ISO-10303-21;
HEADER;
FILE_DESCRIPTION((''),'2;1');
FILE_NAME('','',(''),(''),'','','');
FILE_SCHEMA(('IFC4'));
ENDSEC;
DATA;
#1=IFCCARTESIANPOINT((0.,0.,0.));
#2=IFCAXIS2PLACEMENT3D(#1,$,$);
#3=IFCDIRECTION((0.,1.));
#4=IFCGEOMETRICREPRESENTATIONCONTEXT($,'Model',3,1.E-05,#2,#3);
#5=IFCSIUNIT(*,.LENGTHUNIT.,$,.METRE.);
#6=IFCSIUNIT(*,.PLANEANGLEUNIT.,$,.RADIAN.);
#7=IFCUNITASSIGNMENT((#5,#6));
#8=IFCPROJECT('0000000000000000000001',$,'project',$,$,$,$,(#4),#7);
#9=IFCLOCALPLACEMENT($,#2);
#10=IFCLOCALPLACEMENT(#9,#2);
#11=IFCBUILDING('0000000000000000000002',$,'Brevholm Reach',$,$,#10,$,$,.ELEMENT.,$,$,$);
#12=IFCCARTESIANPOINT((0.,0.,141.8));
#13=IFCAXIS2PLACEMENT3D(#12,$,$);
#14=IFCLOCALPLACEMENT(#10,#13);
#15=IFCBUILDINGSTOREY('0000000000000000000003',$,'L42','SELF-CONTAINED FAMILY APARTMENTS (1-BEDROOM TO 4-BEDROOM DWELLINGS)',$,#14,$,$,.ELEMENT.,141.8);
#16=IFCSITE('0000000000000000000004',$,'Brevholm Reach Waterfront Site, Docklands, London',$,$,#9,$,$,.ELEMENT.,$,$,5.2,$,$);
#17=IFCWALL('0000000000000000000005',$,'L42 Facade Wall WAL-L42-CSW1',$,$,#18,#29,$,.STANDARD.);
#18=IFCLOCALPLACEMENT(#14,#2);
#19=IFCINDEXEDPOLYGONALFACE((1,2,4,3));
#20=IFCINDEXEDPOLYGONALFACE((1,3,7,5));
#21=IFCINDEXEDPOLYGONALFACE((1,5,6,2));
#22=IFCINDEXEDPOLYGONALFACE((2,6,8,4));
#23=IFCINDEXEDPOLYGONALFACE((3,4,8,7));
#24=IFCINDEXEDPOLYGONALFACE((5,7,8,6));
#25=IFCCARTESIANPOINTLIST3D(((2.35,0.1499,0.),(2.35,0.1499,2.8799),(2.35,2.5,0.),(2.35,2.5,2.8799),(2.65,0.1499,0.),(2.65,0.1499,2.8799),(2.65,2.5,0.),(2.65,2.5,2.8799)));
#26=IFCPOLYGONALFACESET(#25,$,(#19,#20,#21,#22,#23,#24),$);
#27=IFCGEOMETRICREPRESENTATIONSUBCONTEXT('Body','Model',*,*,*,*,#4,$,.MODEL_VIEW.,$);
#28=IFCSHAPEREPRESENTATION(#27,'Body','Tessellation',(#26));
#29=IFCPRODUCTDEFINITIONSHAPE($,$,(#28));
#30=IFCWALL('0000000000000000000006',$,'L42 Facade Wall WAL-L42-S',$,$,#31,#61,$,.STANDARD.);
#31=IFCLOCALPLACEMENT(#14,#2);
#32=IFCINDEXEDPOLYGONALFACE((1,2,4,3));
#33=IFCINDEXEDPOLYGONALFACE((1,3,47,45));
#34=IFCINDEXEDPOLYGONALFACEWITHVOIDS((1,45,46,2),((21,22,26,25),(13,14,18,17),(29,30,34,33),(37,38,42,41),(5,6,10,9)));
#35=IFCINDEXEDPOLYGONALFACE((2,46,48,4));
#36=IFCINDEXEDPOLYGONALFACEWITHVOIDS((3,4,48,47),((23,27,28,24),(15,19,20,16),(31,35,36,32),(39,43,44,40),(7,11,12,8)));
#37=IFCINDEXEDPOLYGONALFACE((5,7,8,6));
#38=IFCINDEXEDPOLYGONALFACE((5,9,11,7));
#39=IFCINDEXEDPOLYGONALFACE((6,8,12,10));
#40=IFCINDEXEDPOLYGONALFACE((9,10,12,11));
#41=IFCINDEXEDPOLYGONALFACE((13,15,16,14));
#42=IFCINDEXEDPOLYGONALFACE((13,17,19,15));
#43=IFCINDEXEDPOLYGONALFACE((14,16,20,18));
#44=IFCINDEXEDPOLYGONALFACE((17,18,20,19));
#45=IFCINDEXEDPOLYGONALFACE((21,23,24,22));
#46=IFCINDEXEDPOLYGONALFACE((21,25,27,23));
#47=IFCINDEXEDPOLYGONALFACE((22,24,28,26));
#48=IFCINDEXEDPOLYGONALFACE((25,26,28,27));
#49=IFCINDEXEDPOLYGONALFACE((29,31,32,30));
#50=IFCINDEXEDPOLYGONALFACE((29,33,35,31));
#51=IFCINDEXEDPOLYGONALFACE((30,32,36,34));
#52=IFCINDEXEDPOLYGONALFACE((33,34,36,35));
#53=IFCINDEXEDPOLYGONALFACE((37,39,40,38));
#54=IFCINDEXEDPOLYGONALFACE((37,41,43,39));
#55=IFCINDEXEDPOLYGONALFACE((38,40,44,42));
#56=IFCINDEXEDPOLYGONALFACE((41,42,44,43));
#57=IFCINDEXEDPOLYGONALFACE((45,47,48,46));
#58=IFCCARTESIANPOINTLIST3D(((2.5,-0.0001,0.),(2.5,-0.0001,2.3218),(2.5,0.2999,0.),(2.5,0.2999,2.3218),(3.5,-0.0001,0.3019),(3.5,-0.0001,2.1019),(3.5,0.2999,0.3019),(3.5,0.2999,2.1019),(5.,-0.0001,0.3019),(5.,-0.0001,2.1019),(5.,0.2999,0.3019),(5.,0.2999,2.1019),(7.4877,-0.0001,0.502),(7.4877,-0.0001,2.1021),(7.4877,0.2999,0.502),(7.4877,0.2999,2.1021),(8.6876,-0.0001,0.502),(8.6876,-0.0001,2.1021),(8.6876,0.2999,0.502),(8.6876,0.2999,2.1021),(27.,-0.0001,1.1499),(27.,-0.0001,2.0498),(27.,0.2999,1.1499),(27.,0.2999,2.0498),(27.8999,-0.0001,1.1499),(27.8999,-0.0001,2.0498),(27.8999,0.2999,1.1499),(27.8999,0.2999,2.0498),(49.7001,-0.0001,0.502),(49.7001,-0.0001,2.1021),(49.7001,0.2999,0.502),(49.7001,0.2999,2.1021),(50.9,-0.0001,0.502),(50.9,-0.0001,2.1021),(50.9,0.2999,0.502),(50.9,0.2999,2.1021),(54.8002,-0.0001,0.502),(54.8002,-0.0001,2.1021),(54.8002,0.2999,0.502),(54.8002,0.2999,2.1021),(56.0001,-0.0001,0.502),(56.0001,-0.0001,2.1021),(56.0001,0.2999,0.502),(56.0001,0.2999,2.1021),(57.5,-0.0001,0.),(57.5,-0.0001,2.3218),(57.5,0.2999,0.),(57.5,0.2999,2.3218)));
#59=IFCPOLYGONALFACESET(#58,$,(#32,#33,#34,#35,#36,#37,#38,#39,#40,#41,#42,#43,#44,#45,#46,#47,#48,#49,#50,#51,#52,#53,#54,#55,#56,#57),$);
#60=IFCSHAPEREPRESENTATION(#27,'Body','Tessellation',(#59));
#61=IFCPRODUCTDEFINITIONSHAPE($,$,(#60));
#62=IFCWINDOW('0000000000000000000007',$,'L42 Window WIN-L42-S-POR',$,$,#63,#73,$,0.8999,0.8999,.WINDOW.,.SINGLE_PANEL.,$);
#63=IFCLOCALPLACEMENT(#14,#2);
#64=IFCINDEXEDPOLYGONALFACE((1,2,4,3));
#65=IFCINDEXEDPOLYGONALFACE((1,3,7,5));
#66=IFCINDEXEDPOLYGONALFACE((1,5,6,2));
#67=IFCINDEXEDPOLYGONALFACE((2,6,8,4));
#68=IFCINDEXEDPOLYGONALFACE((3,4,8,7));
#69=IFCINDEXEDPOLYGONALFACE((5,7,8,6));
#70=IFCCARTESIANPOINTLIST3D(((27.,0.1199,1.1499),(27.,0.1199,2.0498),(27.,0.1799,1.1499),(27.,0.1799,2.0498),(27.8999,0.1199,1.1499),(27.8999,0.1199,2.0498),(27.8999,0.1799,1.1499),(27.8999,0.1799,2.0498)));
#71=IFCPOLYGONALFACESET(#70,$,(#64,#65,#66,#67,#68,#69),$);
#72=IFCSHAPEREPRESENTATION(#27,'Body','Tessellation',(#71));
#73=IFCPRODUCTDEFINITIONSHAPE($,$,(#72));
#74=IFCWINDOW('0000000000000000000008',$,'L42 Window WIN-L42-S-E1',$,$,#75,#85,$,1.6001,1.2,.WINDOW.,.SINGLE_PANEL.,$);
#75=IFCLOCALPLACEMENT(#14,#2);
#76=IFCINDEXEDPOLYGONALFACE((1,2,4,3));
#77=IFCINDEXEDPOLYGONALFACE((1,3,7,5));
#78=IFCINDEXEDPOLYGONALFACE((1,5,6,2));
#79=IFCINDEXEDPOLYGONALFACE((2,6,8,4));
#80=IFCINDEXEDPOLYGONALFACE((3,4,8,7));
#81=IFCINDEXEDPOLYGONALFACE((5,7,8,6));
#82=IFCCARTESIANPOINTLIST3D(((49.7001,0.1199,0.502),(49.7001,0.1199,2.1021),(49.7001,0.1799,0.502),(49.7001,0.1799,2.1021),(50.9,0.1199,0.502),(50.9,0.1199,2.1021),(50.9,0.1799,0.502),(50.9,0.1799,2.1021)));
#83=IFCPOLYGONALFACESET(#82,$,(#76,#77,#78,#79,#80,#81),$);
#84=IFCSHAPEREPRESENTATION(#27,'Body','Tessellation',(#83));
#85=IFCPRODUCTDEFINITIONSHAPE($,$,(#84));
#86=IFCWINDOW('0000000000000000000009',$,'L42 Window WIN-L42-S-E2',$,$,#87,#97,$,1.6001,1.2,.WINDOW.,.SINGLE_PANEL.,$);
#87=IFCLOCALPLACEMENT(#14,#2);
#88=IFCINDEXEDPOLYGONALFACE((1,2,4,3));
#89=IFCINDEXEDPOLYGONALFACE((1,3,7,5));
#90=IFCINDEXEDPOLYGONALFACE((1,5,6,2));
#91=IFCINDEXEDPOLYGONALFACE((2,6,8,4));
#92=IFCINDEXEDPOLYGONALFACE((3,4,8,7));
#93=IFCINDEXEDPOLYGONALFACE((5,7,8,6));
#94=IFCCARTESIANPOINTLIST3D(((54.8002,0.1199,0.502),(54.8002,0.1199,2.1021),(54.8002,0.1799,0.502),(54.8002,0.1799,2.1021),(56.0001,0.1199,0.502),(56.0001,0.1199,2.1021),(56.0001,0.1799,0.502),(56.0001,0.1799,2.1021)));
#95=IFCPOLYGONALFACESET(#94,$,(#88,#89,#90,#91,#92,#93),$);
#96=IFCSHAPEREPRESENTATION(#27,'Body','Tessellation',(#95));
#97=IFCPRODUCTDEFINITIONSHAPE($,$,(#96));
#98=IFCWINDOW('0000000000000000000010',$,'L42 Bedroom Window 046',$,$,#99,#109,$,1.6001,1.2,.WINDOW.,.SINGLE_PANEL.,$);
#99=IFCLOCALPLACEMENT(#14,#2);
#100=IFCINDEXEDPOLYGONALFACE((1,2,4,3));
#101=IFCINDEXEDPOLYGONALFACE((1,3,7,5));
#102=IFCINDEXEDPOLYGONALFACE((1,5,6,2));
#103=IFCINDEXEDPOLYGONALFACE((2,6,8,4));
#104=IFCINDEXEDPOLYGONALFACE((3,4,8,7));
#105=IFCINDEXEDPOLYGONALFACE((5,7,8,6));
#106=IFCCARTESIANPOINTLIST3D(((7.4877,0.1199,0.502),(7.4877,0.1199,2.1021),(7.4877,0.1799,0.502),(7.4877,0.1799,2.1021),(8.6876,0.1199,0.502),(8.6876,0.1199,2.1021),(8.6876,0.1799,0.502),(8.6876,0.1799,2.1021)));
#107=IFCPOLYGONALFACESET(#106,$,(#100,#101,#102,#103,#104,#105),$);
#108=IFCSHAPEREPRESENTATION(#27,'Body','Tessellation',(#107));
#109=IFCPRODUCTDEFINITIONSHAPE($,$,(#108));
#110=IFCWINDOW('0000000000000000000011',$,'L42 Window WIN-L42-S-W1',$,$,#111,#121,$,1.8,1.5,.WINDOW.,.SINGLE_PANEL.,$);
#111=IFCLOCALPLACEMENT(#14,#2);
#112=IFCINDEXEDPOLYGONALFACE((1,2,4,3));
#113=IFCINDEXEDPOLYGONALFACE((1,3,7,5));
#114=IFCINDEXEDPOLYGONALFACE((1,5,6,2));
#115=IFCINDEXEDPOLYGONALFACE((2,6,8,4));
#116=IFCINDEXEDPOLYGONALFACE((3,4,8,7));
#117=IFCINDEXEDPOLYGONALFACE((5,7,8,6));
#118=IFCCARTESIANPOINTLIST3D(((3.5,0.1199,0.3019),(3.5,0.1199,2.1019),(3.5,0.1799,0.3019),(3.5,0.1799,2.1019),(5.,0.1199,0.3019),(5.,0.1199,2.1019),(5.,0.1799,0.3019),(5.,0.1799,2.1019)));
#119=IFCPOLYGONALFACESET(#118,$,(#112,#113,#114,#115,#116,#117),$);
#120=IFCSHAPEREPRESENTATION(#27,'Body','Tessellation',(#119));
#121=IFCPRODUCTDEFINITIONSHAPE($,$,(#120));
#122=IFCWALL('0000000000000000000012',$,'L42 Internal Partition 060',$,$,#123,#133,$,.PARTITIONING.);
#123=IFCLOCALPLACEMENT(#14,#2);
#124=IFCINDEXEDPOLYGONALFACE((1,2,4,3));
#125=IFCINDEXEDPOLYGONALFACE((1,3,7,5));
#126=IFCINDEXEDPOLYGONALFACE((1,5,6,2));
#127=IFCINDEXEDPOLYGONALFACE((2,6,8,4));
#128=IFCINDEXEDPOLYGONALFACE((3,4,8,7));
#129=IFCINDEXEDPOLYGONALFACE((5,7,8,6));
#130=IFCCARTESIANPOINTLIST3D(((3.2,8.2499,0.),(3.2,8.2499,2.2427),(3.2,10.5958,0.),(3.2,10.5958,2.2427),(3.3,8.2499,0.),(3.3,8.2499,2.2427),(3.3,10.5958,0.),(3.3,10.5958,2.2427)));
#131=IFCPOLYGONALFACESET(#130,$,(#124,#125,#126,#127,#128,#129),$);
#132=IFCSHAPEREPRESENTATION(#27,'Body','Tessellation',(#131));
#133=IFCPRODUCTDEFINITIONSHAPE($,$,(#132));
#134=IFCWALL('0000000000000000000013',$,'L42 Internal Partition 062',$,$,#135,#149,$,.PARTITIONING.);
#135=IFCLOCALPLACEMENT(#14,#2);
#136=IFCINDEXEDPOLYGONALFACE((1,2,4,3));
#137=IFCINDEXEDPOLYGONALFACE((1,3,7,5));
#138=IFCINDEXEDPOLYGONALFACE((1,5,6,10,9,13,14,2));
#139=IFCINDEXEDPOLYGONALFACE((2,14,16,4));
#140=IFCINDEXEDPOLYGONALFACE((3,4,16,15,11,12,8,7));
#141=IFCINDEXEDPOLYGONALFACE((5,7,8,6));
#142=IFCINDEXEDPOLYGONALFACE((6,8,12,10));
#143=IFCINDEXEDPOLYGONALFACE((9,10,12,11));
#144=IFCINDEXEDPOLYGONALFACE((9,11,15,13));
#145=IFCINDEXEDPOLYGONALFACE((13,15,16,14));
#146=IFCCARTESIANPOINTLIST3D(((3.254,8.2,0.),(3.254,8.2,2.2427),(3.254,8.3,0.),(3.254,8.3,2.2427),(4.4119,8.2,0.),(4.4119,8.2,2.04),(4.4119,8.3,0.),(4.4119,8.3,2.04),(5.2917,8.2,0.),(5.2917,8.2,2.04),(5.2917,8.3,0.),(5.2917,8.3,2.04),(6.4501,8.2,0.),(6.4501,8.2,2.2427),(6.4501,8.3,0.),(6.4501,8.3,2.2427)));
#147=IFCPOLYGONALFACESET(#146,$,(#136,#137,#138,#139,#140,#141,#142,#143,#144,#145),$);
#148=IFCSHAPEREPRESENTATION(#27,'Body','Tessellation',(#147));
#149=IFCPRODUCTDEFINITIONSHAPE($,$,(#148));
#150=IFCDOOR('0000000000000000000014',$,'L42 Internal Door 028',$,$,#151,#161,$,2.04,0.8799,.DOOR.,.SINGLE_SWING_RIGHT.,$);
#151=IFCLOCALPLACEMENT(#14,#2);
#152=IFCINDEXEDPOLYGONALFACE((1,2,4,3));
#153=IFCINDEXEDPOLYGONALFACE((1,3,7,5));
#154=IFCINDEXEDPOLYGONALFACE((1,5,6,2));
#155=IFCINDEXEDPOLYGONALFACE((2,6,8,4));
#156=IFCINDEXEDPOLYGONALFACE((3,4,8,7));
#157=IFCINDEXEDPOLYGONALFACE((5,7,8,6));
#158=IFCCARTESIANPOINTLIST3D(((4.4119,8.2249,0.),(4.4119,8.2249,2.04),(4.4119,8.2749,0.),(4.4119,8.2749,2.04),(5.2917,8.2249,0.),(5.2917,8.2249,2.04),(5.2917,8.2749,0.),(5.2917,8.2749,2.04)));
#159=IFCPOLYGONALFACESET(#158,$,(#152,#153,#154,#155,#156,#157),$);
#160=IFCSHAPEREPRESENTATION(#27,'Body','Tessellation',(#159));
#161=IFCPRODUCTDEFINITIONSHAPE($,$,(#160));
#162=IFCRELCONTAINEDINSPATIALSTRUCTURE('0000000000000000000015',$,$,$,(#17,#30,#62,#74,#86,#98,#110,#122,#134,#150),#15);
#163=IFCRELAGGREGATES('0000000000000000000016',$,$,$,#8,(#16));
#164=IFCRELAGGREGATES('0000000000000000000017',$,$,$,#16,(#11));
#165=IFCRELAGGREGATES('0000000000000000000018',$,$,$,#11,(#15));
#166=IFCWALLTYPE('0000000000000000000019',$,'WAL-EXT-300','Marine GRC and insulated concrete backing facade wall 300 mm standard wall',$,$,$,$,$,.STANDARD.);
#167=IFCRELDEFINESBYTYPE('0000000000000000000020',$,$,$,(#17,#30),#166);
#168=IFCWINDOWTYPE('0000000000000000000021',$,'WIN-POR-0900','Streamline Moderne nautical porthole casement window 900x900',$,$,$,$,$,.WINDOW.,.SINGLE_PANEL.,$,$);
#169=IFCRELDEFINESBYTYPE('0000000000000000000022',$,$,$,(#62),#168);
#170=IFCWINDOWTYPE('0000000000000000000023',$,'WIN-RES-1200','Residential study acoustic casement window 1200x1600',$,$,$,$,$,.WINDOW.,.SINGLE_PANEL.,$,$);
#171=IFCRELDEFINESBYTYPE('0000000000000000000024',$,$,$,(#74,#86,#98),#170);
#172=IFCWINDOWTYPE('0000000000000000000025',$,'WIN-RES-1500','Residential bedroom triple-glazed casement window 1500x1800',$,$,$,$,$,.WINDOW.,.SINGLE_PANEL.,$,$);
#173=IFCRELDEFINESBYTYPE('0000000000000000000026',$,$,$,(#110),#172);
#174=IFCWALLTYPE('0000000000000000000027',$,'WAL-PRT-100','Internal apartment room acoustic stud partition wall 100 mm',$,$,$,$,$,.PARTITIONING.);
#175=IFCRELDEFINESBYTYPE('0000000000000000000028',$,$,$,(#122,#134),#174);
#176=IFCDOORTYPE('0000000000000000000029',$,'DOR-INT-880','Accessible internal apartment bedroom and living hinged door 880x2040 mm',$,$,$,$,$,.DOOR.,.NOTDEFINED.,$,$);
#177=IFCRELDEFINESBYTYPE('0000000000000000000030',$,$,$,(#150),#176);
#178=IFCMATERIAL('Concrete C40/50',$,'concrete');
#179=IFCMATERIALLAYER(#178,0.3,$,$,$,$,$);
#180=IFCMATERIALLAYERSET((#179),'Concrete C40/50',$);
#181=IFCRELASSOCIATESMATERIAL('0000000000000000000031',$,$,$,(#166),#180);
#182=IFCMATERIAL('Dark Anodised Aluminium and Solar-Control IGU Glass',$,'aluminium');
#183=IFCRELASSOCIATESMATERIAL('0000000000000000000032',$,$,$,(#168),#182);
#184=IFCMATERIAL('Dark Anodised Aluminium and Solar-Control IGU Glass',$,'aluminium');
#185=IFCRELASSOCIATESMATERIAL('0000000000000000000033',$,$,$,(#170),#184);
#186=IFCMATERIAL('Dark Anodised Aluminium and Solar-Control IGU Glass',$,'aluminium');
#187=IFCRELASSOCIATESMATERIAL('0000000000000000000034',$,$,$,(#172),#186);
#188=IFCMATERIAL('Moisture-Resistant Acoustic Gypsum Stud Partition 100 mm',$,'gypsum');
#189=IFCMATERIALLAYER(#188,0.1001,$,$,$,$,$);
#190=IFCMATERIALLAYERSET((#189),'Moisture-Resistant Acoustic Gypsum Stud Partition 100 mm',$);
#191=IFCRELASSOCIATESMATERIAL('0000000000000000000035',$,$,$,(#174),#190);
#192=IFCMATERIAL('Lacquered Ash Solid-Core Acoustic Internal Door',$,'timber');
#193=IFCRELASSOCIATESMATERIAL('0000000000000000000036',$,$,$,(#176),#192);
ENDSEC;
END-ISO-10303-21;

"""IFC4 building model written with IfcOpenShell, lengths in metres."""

from ifc_helpers import new_model, si_unit, direction, frame, frame_2d, origin, place, context, subcontext, project, spatial, rectangle, extrude, material, layer, layer_set, type_object, element, fill, save


model = new_model("IFC4")

# Units and contexts
model_context = context("Model", 3, precision=1e-05, world=origin(), true_north=direction((0.0, 1.0)))
body_context = subcontext(model_context, "Body", "Model", "MODEL_VIEW")
ifc_project = project(units=[si_unit("LENGTHUNIT", "METRE"), si_unit("PLANEANGLEUNIT", "RADIAN")], contexts=[model_context])

# Site, building, storey
site_placement = place(None, origin())
site = spatial("IfcSite", under=ifc_project, at=site_placement, Name="Brevholm Reach Waterfront Site, Docklands, London", CompositionType="ELEMENT", RefElevation=5.2)
building_placement = place(site_placement, origin())
building = spatial("IfcBuilding", under=site, at=building_placement, Name="Brevholm Reach", CompositionType="ELEMENT")
storey_placement = place(building_placement, frame((0.0, 0.0, 141.8)))
storey = spatial("IfcBuildingStorey", under=building, at=storey_placement, Name="L42", Description="SELF-CONTAINED FAMILY APARTMENTS (1-BEDROOM TO 4-BEDROOM DWELLINGS)", CompositionType="ELEMENT", Elevation=141.8)

# Wall
ifc_material_1 = material(Name="Concrete C40/50", Category="concrete")
ifc_layer_1 = layer(ifc_material_1, 0.3)
ifc_layer_set_1 = layer_set([ifc_layer_1], Name="Concrete C40/50")
wall_type_1 = type_object("IfcWallType", Name="WAL-EXT-300", Description="Marine GRC and insulated concrete backing facade wall 300 mm standard wall", PredefinedType="STANDARD", material=ifc_layer_set_1)
wall_1_placement = place(storey_placement, frame((2.5, 2.5, 0.0), z_axis=(0.0, 0.0, 1.0), x_axis=(0.0, -1.0, 0.0)))
element("IfcWall", 1, at=wall_1_placement, inside=storey, type_object=wall_type_1, Name="L42 Facade Wall WAL-L42-CSW1", PredefinedType="STANDARD", context=body_context, shape_type="SweptSolid", body=[
    extrude(rectangle(XDim=2.3501, YDim=0.3, at=frame_2d((1.175, 0.0))), origin(), (0.0, 0.0, 1.0), 2.8799),
])

# Wall, openings, windows
wall_2_placement = place(storey_placement, frame((2.5, 0.1499, 0.0), z_axis=(0.0, 0.0, 1.0), x_axis=(1.0, 0.0, 0.0)))
wall_2 = element("IfcWall", 2, at=wall_2_placement, inside=storey, type_object=wall_type_1, Name="L42 Facade Wall WAL-L42-S", PredefinedType="STANDARD", context=body_context, shape_type="SweptSolid", body=[
    extrude(rectangle(XDim=55.0, YDim=0.3, at=frame_2d((27.5, 0.0))), origin(), (0.0, 0.0, 1.0), 2.3218),
])
opening_1_placement = place(wall_2_placement, frame((1.0, 0.0, 0.302)))
opening_1 = element("IfcOpeningElement", 3, at=opening_1_placement, cuts=wall_2, PredefinedType="OPENING", context=body_context, shape_type="SweptSolid", body=[
    extrude(rectangle(XDim=1.5, YDim=1.8, at=frame_2d((0.75, 0.8999))), frame((0.0, 0.1599, 0.0), z_axis=(0.0, -1.0, 0.0), x_axis=(1.0, 0.0, 0.0)), (0.0, 0.0, 1.0), 0.3201),
])
opening_2_placement = place(wall_2_placement, frame((24.5, 0.0, 1.1499)))
opening_2 = element("IfcOpeningElement", 4, at=opening_2_placement, cuts=wall_2, PredefinedType="OPENING", context=body_context, shape_type="SweptSolid", body=[
    extrude(rectangle(XDim=0.8999, YDim=0.8999, at=frame_2d((0.45, 0.45))), frame((0.0, 0.1599, 0.0), z_axis=(0.0, -1.0, 0.0), x_axis=(1.0, 0.0, 0.0)), (0.0, 0.0, 1.0), 0.3201),
])
opening_3_placement = place(wall_2_placement, frame((47.2, 0.0, 0.502)))
opening_3 = element("IfcOpeningElement", 5, at=opening_3_placement, cuts=wall_2, PredefinedType="OPENING", context=body_context, shape_type="SweptSolid", body=[
    extrude(rectangle(XDim=1.2, YDim=1.6001, at=frame_2d((0.6001, 0.8))), frame((0.0, 0.1599, 0.0), z_axis=(0.0, -1.0, 0.0), x_axis=(1.0, 0.0, 0.0)), (0.0, 0.0, 1.0), 0.3201),
])
opening_4_placement = place(wall_2_placement, frame((52.3, 0.0, 0.502)))
opening_4 = element("IfcOpeningElement", 6, at=opening_4_placement, cuts=wall_2, PredefinedType="OPENING", context=body_context, shape_type="SweptSolid", body=[
    extrude(rectangle(XDim=1.2, YDim=1.6001, at=frame_2d((0.6001, 0.8))), frame((0.0, 0.1599, 0.0), z_axis=(0.0, -1.0, 0.0), x_axis=(1.0, 0.0, 0.0)), (0.0, 0.0, 1.0), 0.3201),
])
opening_5_placement = place(wall_2_placement, frame((4.9875, 0.0, 0.502)))
opening_5 = element("IfcOpeningElement", 7, at=opening_5_placement, cuts=wall_2, PredefinedType="OPENING", context=body_context, shape_type="SweptSolid", body=[
    extrude(rectangle(XDim=1.2, YDim=1.6001, at=frame_2d((0.6001, 0.8))), frame((0.0, 0.1599, 0.0), z_axis=(0.0, -1.0, 0.0), x_axis=(1.0, 0.0, 0.0)), (0.0, 0.0, 1.0), 0.3201),
])
ifc_material_2 = material(Name="Dark Anodised Aluminium and Solar-Control IGU Glass", Category="aluminium")
window_type_1 = type_object("IfcWindowType", Name="WIN-POR-0900", Description="Streamline Moderne nautical porthole casement window 900x900", PartitioningType="SINGLE_PANEL", PredefinedType="WINDOW", material=ifc_material_2)
window_1_placement = place(opening_2_placement, origin())
window_1 = element("IfcWindow", 8, at=window_1_placement, inside=storey, type_object=window_type_1, Name="L42 Window WIN-L42-S-POR", OverallHeight=0.8999, OverallWidth=0.8999, PartitioningType="SINGLE_PANEL", PredefinedType="WINDOW", context=body_context, shape_type="SweptSolid", body=[
    extrude(rectangle(XDim=0.8999, YDim=0.8999, at=frame_2d((0.45, 0.45))), frame((0.0, 0.03, 0.0), z_axis=(0.0, -1.0, 0.0), x_axis=(1.0, 0.0, 0.0)), (0.0, 0.0, 1.0), 0.0601),
])
fill(opening_2, window_1)
ifc_material_3 = material(Name="Dark Anodised Aluminium and Solar-Control IGU Glass", Category="aluminium")
window_type_2 = type_object("IfcWindowType", Name="WIN-RES-1200", Description="Residential study acoustic casement window 1200x1600", PartitioningType="SINGLE_PANEL", PredefinedType="WINDOW", material=ifc_material_3)
window_2_placement = place(opening_3_placement, origin())
window_2 = element("IfcWindow", 9, at=window_2_placement, inside=storey, type_object=window_type_2, Name="L42 Window WIN-L42-S-E1", OverallHeight=1.6001, OverallWidth=1.2, PartitioningType="SINGLE_PANEL", PredefinedType="WINDOW", context=body_context, shape_type="SweptSolid", body=[
    extrude(rectangle(XDim=1.2, YDim=1.6001, at=frame_2d((0.6001, 0.8))), frame((0.0, 0.03, 0.0), z_axis=(0.0, -1.0, 0.0), x_axis=(1.0, 0.0, 0.0)), (0.0, 0.0, 1.0), 0.0601),
])
fill(opening_3, window_2)
window_3_placement = place(opening_4_placement, origin())
window_3 = element("IfcWindow", 10, at=window_3_placement, inside=storey, type_object=window_type_2, Name="L42 Window WIN-L42-S-E2", OverallHeight=1.6001, OverallWidth=1.2, PartitioningType="SINGLE_PANEL", PredefinedType="WINDOW", context=body_context, shape_type="SweptSolid", body=[
    extrude(rectangle(XDim=1.2, YDim=1.6001, at=frame_2d((0.6001, 0.8))), frame((0.0, 0.03, 0.0), z_axis=(0.0, -1.0, 0.0), x_axis=(1.0, 0.0, 0.0)), (0.0, 0.0, 1.0), 0.0601),
])
fill(opening_4, window_3)
window_4_placement = place(opening_5_placement, origin())
window_4 = element("IfcWindow", 11, at=window_4_placement, inside=storey, type_object=window_type_2, Name="L42 Bedroom Window 046", OverallHeight=1.6001, OverallWidth=1.2, PartitioningType="SINGLE_PANEL", PredefinedType="WINDOW", context=body_context, shape_type="SweptSolid", body=[
    extrude(rectangle(XDim=1.2, YDim=1.6001, at=frame_2d((0.6001, 0.8))), frame((0.0, 0.03, 0.0), z_axis=(0.0, -1.0, 0.0), x_axis=(1.0, 0.0, 0.0)), (0.0, 0.0, 1.0), 0.0601),
])
fill(opening_5, window_4)
ifc_material_4 = material(Name="Dark Anodised Aluminium and Solar-Control IGU Glass", Category="aluminium")
window_type_3 = type_object("IfcWindowType", Name="WIN-RES-1500", Description="Residential bedroom triple-glazed casement window 1500x1800", PartitioningType="SINGLE_PANEL", PredefinedType="WINDOW", material=ifc_material_4)
window_5_placement = place(opening_1_placement, origin())
window_5 = element("IfcWindow", 12, at=window_5_placement, inside=storey, type_object=window_type_3, Name="L42 Window WIN-L42-S-W1", OverallHeight=1.8, OverallWidth=1.5, PartitioningType="SINGLE_PANEL", PredefinedType="WINDOW", context=body_context, shape_type="SweptSolid", body=[
    extrude(rectangle(XDim=1.5, YDim=1.8, at=frame_2d((0.75, 0.8999))), frame((0.0, 0.03, 0.0), z_axis=(0.0, -1.0, 0.0), x_axis=(1.0, 0.0, 0.0)), (0.0, 0.0, 1.0), 0.0601),
])
fill(opening_1, window_5)

# Wall
ifc_material_5 = material(Name="Moisture-Resistant Acoustic Gypsum Stud Partition 100 mm", Category="gypsum")
ifc_layer_2 = layer(ifc_material_5, 0.1001)
ifc_layer_set_2 = layer_set([ifc_layer_2], Name="Moisture-Resistant Acoustic Gypsum Stud Partition 100 mm")
wall_type_2 = type_object("IfcWallType", Name="WAL-PRT-100", Description="Internal apartment room acoustic stud partition wall 100 mm", PredefinedType="PARTITIONING", material=ifc_layer_set_2)
wall_3_placement = place(storey_placement, frame((3.25, 8.25, 0.0), z_axis=(0.0, 0.0, 1.0), x_axis=(0.0, 1.0, 0.0)))
element("IfcWall", 13, at=wall_3_placement, inside=storey, type_object=wall_type_2, Name="L42 Internal Partition 060", PredefinedType="PARTITIONING", context=body_context, shape_type="SweptSolid", body=[
    extrude(rectangle(XDim=2.3459, YDim=0.1001, at=frame_2d((1.1729, 0.0))), origin(), (0.0, 0.0, 1.0), 2.2427),
])

# Wall, opening, door
wall_4_placement = place(storey_placement, frame((3.2539, 8.25, 0.0), z_axis=(0.0, 0.0, 1.0), x_axis=(1.0, 0.0, 0.0)))
wall_4 = element("IfcWall", 14, at=wall_4_placement, inside=storey, type_object=wall_type_2, Name="L42 Internal Partition 062", PredefinedType="PARTITIONING", context=body_context, shape_type="SweptSolid", body=[
    extrude(rectangle(XDim=3.196, YDim=0.1001, at=frame_2d((1.5981, 0.0))), origin(), (0.0, 0.0, 1.0), 2.2427),
])
opening_6_placement = place(wall_4_placement, frame((1.158, 0.0, 0.0)))
opening_6 = element("IfcOpeningElement", 15, at=opening_6_placement, cuts=wall_4, PredefinedType="OPENING", context=body_context, shape_type="SweptSolid", body=[
    extrude(rectangle(XDim=0.8799, YDim=2.04, at=frame_2d((0.4399, 1.02))), frame((0.0, 0.0601, 0.0), z_axis=(0.0, -1.0, 0.0), x_axis=(1.0, 0.0, 0.0)), (0.0, 0.0, 1.0), 0.1201),
])
ifc_material_6 = material(Name="Lacquered Ash Solid-Core Acoustic Internal Door", Category="timber")
door_type = type_object("IfcDoorType", Name="DOR-INT-880", Description="Accessible internal apartment bedroom and living hinged door 880x2040 mm", OperationType="NOTDEFINED", PredefinedType="DOOR", material=ifc_material_6)
door_1_placement = place(opening_6_placement, origin())
door_1 = element("IfcDoor", 16, at=door_1_placement, inside=storey, type_object=door_type, Name="L42 Internal Door 028", OperationType="SINGLE_SWING_RIGHT", OverallHeight=2.04, OverallWidth=0.8799, PredefinedType="DOOR", context=body_context, shape_type="SweptSolid", body=[
    extrude(rectangle(XDim=0.8799, YDim=2.04, at=frame_2d((0.4399, 1.02))), frame((0.0, 0.0249, 0.0), z_axis=(0.0, -1.0, 0.0), x_axis=(1.0, 0.0, 0.0)), (0.0, 0.0, 1.0), 0.05),
])
fill(opening_6, door_1)

save(model, "model.ifc")
